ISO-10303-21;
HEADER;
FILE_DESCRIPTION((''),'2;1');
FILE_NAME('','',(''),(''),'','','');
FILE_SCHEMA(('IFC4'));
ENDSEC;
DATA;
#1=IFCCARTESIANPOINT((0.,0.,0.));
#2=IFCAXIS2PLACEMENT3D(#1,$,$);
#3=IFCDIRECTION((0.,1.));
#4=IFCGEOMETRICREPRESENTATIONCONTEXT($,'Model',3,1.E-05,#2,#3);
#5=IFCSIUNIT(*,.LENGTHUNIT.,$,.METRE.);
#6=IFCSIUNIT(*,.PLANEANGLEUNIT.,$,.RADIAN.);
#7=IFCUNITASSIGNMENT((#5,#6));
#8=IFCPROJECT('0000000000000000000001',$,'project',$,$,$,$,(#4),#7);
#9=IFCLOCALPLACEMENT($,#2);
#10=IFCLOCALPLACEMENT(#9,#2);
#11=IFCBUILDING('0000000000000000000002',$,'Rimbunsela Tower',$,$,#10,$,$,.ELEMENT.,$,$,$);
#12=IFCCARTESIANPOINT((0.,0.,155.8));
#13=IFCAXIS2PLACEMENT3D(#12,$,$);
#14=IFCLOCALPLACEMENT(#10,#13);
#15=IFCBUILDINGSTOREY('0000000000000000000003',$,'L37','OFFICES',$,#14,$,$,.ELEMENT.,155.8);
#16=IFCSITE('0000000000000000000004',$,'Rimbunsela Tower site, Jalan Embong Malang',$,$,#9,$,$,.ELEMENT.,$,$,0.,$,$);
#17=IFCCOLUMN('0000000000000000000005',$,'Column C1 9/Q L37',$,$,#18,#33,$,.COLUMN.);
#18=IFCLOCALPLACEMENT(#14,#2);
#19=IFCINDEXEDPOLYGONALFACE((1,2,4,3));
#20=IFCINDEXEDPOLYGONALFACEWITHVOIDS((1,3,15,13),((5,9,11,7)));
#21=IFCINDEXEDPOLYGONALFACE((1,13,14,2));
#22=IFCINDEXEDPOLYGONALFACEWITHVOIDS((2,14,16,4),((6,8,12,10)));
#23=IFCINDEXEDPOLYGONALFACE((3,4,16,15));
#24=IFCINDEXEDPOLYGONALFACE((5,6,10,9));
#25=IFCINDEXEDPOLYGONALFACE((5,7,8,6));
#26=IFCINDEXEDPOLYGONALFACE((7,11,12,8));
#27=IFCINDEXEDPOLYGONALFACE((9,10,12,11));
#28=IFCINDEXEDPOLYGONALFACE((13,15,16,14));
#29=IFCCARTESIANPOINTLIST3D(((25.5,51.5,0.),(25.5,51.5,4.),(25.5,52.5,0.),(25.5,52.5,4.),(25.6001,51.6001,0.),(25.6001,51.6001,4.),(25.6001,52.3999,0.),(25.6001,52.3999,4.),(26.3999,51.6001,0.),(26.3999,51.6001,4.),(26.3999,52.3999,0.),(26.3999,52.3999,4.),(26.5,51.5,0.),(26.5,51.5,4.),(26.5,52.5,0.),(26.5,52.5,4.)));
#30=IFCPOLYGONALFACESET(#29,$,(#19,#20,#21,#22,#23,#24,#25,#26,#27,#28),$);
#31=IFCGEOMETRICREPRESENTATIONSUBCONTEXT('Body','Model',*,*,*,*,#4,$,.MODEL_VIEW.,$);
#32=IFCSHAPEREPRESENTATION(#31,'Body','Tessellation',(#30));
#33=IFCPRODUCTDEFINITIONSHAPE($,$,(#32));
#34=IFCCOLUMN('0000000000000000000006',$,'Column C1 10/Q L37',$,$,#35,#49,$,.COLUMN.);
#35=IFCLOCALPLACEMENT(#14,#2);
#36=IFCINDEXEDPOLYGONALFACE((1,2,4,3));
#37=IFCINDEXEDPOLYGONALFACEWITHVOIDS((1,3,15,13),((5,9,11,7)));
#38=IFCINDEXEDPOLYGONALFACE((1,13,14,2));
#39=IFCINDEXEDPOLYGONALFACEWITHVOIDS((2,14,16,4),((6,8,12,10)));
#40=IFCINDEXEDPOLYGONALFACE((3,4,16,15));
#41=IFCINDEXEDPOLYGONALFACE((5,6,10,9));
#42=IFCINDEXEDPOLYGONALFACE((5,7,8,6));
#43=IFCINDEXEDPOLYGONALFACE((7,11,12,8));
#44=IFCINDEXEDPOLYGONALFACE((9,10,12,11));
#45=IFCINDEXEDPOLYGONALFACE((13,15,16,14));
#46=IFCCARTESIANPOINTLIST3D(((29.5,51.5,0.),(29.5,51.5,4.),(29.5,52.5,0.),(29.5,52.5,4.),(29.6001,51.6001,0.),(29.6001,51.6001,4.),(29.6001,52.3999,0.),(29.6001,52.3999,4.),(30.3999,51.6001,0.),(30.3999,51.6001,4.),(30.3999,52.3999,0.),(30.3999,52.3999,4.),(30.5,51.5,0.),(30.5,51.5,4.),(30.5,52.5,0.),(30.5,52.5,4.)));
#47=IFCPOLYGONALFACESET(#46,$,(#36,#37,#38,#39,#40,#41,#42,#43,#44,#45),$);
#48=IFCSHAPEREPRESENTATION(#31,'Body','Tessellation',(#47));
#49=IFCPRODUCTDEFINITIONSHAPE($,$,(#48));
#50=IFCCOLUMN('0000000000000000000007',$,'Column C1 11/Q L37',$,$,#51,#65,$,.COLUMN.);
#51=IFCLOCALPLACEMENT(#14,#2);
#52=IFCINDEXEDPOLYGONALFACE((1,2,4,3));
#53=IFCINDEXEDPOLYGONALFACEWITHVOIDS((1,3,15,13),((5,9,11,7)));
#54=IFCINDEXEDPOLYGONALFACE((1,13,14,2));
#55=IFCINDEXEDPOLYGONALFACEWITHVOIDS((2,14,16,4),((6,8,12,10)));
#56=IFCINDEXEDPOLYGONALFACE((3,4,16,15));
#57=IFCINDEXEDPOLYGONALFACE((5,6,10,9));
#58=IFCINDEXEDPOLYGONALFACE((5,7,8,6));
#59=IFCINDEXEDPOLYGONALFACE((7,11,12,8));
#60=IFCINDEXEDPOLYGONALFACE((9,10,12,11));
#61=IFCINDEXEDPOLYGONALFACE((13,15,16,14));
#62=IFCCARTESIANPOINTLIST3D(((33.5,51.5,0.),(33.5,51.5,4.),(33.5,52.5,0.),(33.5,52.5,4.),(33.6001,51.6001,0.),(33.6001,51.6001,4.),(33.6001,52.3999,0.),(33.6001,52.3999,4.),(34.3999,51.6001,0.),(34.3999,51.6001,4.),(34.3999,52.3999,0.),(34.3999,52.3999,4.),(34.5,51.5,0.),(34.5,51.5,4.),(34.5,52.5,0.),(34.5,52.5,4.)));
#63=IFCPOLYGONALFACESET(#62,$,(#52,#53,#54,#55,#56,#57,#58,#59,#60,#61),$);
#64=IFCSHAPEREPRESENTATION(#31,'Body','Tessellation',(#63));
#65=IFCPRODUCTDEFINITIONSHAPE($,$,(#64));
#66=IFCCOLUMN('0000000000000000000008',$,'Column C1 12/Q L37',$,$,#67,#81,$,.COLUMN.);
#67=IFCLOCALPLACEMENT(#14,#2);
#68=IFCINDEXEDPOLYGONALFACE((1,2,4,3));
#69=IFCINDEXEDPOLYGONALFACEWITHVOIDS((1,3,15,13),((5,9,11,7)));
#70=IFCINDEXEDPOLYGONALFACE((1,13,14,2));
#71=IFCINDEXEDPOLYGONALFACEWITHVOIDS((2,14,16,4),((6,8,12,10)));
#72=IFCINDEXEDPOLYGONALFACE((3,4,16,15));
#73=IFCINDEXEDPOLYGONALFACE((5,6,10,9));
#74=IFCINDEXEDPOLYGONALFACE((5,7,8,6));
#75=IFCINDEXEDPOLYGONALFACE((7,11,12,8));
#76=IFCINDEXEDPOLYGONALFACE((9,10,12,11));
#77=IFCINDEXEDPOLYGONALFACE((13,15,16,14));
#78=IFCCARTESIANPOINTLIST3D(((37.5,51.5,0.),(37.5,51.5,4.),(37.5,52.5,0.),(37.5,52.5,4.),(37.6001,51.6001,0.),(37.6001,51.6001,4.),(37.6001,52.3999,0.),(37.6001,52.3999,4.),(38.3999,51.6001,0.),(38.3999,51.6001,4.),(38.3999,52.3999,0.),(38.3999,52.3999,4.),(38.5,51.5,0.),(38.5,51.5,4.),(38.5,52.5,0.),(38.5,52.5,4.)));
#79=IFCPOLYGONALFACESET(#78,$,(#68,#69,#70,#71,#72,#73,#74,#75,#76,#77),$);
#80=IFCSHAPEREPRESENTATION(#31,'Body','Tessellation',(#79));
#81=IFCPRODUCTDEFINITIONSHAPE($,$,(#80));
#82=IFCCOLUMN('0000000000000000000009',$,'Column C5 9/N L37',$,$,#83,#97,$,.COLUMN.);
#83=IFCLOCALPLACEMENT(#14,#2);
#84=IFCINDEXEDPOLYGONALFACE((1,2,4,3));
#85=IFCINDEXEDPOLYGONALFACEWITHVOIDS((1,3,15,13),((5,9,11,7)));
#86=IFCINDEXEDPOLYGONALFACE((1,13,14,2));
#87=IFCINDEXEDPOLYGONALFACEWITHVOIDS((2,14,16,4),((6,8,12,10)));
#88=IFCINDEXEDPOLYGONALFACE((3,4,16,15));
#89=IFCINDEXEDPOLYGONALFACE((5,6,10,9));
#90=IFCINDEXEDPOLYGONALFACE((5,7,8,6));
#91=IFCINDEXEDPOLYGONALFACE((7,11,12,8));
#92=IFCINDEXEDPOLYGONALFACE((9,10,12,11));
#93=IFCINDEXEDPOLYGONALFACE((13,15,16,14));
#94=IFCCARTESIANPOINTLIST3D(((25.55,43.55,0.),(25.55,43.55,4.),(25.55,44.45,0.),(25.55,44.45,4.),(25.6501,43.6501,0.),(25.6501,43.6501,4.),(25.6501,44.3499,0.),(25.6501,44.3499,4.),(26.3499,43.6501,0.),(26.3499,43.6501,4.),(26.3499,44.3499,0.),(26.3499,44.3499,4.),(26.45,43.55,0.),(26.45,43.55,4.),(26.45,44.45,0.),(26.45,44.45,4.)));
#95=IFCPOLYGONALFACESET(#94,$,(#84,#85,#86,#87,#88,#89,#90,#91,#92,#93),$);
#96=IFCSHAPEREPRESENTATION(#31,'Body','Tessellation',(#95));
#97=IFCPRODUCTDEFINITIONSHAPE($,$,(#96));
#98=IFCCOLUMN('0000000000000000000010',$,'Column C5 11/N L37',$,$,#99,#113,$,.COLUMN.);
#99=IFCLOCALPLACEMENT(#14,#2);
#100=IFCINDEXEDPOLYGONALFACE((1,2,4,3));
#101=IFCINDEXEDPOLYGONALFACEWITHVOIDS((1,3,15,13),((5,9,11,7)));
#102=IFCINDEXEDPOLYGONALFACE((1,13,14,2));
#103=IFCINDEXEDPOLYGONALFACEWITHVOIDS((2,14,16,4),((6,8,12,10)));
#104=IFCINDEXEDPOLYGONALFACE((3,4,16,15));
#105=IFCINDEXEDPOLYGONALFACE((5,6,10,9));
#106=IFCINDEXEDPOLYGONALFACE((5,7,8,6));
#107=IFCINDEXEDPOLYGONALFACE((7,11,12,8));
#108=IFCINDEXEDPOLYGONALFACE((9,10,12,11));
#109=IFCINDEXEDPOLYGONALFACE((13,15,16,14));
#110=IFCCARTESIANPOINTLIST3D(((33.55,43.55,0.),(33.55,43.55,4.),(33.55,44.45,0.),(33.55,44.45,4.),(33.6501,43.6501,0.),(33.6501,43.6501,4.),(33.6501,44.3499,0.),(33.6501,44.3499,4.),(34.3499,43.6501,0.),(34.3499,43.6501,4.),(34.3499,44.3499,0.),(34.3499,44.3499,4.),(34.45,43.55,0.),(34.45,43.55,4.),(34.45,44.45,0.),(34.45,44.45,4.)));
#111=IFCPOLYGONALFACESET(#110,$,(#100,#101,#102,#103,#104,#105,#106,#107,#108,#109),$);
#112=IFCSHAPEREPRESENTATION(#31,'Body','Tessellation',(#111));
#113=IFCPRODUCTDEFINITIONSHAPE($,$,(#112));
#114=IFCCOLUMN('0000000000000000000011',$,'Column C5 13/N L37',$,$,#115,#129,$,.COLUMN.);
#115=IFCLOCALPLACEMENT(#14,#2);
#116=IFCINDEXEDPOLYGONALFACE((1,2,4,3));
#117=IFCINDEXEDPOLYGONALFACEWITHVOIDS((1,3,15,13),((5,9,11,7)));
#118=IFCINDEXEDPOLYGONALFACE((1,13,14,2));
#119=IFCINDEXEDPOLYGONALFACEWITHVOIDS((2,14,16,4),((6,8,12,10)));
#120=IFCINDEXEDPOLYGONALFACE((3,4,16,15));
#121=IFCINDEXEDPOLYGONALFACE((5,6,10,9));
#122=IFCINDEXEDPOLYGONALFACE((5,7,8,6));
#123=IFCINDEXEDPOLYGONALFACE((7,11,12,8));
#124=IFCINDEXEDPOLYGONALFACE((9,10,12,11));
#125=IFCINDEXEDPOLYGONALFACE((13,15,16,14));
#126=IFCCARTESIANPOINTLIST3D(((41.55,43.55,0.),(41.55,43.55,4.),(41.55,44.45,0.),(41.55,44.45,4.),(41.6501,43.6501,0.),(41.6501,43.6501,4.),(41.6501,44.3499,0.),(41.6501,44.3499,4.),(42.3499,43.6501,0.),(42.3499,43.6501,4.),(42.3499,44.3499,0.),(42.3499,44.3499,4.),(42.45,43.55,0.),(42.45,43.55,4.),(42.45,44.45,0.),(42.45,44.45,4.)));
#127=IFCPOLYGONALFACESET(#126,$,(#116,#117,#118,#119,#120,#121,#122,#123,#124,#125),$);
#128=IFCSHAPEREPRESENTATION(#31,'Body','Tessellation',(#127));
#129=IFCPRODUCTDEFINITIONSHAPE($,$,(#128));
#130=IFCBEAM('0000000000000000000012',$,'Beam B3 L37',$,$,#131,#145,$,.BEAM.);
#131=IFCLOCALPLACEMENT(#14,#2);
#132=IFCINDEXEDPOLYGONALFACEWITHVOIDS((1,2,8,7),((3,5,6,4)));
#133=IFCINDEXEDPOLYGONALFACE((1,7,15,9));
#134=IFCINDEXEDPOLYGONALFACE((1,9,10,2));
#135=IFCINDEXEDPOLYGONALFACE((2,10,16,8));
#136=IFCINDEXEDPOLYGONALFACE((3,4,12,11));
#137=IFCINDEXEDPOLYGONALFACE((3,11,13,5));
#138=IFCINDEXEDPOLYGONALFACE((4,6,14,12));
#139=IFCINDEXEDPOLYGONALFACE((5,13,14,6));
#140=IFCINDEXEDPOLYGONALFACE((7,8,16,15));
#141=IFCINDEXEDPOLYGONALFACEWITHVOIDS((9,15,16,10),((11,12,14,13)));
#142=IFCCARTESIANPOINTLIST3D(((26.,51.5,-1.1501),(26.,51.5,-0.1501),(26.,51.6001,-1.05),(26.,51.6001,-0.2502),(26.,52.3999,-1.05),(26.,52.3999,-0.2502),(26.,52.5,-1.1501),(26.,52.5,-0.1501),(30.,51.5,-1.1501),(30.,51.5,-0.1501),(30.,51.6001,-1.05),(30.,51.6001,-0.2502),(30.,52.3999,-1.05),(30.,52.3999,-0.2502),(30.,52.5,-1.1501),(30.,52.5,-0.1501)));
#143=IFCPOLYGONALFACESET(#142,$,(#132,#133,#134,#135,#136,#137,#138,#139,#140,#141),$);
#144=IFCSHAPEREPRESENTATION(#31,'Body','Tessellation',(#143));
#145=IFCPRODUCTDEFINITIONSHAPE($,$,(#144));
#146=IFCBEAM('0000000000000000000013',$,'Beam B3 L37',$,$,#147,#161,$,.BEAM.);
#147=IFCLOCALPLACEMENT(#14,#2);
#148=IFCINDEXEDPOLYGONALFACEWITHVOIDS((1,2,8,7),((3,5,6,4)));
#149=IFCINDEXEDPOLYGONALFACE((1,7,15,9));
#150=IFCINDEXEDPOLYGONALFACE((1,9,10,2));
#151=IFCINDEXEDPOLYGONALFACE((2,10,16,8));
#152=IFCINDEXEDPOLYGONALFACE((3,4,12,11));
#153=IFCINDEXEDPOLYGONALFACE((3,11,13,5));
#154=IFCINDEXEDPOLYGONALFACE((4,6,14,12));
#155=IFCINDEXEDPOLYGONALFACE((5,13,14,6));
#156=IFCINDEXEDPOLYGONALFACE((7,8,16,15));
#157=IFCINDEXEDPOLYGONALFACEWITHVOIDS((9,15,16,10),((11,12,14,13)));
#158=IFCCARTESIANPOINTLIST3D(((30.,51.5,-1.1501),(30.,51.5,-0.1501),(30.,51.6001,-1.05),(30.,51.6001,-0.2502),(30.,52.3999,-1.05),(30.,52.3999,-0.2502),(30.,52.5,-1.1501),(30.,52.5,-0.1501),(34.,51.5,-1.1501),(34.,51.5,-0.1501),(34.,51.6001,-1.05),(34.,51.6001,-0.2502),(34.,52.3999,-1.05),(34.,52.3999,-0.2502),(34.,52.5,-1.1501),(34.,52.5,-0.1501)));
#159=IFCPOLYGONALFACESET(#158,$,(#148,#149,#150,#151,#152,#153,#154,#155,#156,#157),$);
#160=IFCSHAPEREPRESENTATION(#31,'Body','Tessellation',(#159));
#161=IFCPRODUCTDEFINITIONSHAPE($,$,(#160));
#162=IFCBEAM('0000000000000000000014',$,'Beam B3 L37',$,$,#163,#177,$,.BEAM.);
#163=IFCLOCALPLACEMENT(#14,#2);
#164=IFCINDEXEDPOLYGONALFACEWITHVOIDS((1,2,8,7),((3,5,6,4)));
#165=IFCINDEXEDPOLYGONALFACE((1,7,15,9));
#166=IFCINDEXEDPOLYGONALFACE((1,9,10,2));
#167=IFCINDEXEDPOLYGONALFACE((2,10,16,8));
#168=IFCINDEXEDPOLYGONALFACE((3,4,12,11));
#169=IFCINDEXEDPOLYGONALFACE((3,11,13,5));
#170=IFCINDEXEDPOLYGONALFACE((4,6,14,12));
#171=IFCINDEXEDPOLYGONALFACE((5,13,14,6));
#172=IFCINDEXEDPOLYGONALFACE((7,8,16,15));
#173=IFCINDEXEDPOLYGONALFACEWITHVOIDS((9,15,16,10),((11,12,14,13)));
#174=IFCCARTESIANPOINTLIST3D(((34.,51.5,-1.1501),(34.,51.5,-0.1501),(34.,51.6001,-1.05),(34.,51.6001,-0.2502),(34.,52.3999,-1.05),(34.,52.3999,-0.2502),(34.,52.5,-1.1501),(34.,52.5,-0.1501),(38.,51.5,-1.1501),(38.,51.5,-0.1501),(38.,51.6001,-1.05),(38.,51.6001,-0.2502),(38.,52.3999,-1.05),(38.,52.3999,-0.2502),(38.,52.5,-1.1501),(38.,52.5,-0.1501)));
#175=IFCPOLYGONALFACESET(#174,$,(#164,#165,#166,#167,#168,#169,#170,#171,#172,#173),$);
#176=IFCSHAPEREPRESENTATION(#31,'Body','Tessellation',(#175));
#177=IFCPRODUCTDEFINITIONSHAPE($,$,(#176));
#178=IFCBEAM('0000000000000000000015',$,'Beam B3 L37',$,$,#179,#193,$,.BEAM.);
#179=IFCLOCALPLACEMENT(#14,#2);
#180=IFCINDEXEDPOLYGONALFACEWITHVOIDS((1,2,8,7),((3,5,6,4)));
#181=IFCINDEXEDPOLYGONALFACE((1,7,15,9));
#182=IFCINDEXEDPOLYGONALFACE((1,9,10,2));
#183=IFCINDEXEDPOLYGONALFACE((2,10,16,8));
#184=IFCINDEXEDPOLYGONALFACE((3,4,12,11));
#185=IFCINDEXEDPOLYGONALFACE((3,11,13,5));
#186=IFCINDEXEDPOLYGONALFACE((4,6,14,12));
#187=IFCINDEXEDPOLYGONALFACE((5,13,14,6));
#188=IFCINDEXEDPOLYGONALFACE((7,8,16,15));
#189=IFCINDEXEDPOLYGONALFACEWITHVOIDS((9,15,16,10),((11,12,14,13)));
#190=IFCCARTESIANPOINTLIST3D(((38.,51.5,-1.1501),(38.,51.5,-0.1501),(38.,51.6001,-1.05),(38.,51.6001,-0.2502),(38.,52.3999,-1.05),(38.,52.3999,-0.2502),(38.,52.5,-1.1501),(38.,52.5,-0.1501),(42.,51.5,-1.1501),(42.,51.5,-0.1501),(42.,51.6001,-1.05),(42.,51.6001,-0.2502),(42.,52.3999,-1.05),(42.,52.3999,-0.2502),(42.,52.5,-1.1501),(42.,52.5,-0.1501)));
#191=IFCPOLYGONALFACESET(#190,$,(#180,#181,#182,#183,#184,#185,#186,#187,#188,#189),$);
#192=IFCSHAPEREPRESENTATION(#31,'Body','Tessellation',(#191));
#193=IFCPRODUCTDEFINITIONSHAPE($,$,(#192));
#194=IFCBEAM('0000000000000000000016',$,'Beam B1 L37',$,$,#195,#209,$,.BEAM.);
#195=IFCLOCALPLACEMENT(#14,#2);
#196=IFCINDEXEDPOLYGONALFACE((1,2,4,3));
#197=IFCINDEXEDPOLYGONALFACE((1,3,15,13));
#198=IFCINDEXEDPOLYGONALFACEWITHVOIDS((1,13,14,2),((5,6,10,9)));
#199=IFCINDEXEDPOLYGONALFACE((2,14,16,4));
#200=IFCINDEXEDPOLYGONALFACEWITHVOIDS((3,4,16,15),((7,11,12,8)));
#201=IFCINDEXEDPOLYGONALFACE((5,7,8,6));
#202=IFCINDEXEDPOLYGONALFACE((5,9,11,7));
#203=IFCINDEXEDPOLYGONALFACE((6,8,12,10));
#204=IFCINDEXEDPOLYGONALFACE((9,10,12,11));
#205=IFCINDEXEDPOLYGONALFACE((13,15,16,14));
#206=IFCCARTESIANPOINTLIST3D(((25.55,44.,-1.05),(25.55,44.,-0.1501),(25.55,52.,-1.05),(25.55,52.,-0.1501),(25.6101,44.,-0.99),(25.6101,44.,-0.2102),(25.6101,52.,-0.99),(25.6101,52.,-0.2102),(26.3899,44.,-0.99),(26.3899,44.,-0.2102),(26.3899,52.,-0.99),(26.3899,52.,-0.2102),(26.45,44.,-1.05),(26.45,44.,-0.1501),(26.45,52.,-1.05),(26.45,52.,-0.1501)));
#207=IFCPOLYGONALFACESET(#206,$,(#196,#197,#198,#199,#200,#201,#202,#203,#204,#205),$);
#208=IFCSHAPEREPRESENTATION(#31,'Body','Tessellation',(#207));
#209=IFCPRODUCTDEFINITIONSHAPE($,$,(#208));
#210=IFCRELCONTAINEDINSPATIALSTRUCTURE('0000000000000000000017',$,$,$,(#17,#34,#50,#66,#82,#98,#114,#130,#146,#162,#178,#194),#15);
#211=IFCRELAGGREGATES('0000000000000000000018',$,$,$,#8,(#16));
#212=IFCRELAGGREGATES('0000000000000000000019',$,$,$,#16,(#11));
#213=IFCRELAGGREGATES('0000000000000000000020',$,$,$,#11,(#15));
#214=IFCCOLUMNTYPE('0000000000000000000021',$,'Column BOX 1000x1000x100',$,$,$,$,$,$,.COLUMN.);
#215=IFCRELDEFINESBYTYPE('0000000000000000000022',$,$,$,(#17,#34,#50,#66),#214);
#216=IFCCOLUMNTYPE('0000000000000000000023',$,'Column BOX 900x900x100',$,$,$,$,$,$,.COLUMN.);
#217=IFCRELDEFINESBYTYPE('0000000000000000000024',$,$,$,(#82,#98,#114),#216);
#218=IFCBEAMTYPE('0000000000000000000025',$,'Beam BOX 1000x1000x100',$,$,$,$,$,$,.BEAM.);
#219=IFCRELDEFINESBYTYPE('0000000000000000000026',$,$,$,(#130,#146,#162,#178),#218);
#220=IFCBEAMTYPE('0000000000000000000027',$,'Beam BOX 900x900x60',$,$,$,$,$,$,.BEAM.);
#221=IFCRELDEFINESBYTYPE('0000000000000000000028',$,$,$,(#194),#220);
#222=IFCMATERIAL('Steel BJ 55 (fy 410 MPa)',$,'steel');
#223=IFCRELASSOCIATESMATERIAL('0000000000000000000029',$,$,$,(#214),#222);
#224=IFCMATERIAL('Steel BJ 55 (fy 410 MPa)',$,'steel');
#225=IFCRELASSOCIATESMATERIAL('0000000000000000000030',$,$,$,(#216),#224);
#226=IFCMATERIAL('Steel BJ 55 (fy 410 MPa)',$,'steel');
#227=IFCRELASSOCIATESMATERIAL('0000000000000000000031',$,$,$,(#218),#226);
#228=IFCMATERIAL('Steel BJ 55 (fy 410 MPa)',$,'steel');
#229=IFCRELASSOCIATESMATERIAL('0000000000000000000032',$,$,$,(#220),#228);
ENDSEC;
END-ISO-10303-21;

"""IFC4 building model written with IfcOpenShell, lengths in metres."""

from ifc_helpers import new_model, si_unit, direction, frame, origin, origin_2d, place, context, subcontext, project, spatial, hollow_rectangle, extrude, material, material_profile, profile_set, type_object, element, save


model = new_model("IFC4")

# Units and contexts
model_context = context("Model", 3, precision=1e-05, world=origin(), true_north=direction((0.0, 1.0)))
body_context = subcontext(model_context, "Body", "Model", "MODEL_VIEW")
ifc_project = project(units=[si_unit("LENGTHUNIT", "METRE"), si_unit("PLANEANGLEUNIT", "RADIAN")], contexts=[model_context])

# Site, building, storey
site_placement = place(None, origin())
site = spatial("IfcSite", under=ifc_project, at=site_placement, Name="Rimbunsela Tower site, Jalan Embong Malang", CompositionType="ELEMENT", RefElevation=0.0)
building_placement = place(site_placement, origin())
building = spatial("IfcBuilding", under=site, at=building_placement, Name="Rimbunsela Tower", CompositionType="ELEMENT")
storey_placement = place(building_placement, frame((0.0, 0.0, 155.8)))
storey = spatial("IfcBuildingStorey", under=building, at=storey_placement, Name="L37", Description="OFFICES", CompositionType="ELEMENT", Elevation=155.8)

# Columns
ifc_material_1 = material(Name="Steel BJ 55 (fy 410 MPa)", Category="steel")
ifc_material_profile_1 = material_profile(ifc_material_1, hollow_rectangle(XDim=1.0, YDim=1.0, WallThickness=0.1001, at=origin_2d()), Name="BOX 1000x1000x100")
ifc_profile_set_1 = profile_set([ifc_material_profile_1], Name="Steel BJ 55 (fy 410 MPa)")
column_type_1 = type_object("IfcColumnType", Name="Column BOX 1000x1000x100", PredefinedType="COLUMN", material=ifc_profile_set_1)
for number, where, z_axis, x_axis, name in (
    (1, (26.0, 52.0, 0.0), (0.0, 0.0, 1.0), (1.0, 0.0, 0.0), "Column C1 9/Q L37"),
    (2, (30.0, 52.0, 0.0), (0.0, 0.0, 1.0), (1.0, 0.0, 0.0), "Column C1 10/Q L37"),
    (3, (34.0, 52.0, 0.0), (0.0, 0.0, 1.0), (1.0, 0.0, 0.0), "Column C1 11/Q L37"),
    (4, (38.0, 52.0, 0.0), (0.0, 0.0, 1.0), (1.0, 0.0, 0.0), "Column C1 12/Q L37"),
):
    element("IfcColumn", number, at=place(storey_placement, frame(where, z_axis=z_axis, x_axis=x_axis)), inside=storey, type_object=column_type_1, Name=name, PredefinedType="COLUMN", context=body_context, shape_type="SweptSolid", body=[
        extrude(hollow_rectangle(XDim=1.0, YDim=1.0, WallThickness=0.1001, at=origin_2d()), origin(), (0.0, 0.0, 1.0), 4.0),
    ])
ifc_material_2 = material(Name="Steel BJ 55 (fy 410 MPa)", Category="steel")
ifc_material_profile_2 = material_profile(ifc_material_2, hollow_rectangle(XDim=0.8999, YDim=0.8999, WallThickness=0.1001, at=origin_2d()), Name="BOX 900x900x100")
ifc_profile_set_2 = profile_set([ifc_material_profile_2], Name="Steel BJ 55 (fy 410 MPa)")
column_type_2 = type_object("IfcColumnType", Name="Column BOX 900x900x100", PredefinedType="COLUMN", material=ifc_profile_set_2)
for number, where, z_axis, x_axis, name in (
    (5, (26.0, 44.0, 0.0), (0.0, 0.0, 1.0), (1.0, 0.0, 0.0), "Column C5 9/N L37"),
    (6, (34.0, 44.0, 0.0), (0.0, 0.0, 1.0), (1.0, 0.0, 0.0), "Column C5 11/N L37"),
    (7, (42.0, 44.0, 0.0), (0.0, 0.0, 1.0), (1.0, 0.0, 0.0), "Column C5 13/N L37"),
):
    element("IfcColumn", number, at=place(storey_placement, frame(where, z_axis=z_axis, x_axis=x_axis)), inside=storey, type_object=column_type_2, Name=name, PredefinedType="COLUMN", context=body_context, shape_type="SweptSolid", body=[
        extrude(hollow_rectangle(XDim=0.8999, YDim=0.8999, WallThickness=0.1001, at=origin_2d()), origin(), (0.0, 0.0, 1.0), 4.0),
    ])

# Beams
ifc_material_3 = material(Name="Steel BJ 55 (fy 410 MPa)", Category="steel")
ifc_material_profile_3 = material_profile(ifc_material_3, hollow_rectangle(XDim=1.0, YDim=1.0, WallThickness=0.1001, at=origin_2d()), Name="BOX 1000x1000x100")
ifc_profile_set_3 = profile_set([ifc_material_profile_3], Name="Steel BJ 55 (fy 410 MPa)")
beam_type_1 = type_object("IfcBeamType", Name="Beam BOX 1000x1000x100", PredefinedType="BEAM", material=ifc_profile_set_3)
for number, where, z_axis, x_axis, name in (
    (8, (26.0, 52.0, -0.6501), (1.0, 0.0, 0.0), (0.0, 1.0, 0.0), "Beam B3 L37"),
    (9, (30.0, 52.0, -0.6501), (1.0, 0.0, 0.0), (0.0, 1.0, 0.0), "Beam B3 L37"),
    (10, (34.0, 52.0, -0.6501), (1.0, 0.0, 0.0), (0.0, 1.0, 0.0), "Beam B3 L37"),
    (11, (38.0, 52.0, -0.6501), (1.0, 0.0, 0.0), (0.0, 1.0, 0.0), "Beam B3 L37"),
):
    element("IfcBeam", number, at=place(storey_placement, frame(where, z_axis=z_axis, x_axis=x_axis)), inside=storey, type_object=beam_type_1, Name=name, PredefinedType="BEAM", context=body_context, shape_type="SweptSolid", body=[
        extrude(hollow_rectangle(XDim=1.0, YDim=1.0, WallThickness=0.1001, at=origin_2d()), origin(), (0.0, 0.0, 1.0), 4.0),
    ])
ifc_material_4 = material(Name="Steel BJ 55 (fy 410 MPa)", Category="steel")
ifc_material_profile_4 = material_profile(ifc_material_4, hollow_rectangle(XDim=0.8999, YDim=0.8999, WallThickness=0.0601, at=origin_2d()), Name="BOX 900x900x60")
ifc_profile_set_4 = profile_set([ifc_material_profile_4], Name="Steel BJ 55 (fy 410 MPa)")
beam_type_2 = type_object("IfcBeamType", Name="Beam BOX 900x900x60", PredefinedType="BEAM", material=ifc_profile_set_4)
for number, where, z_axis, x_axis, name in (
    (12, (26.0, 44.0, -0.6001), (0.0, 1.0, 0.0), (-1.0, 0.0, 0.0), "Beam B1 L37"),
):
    element("IfcBeam", number, at=place(storey_placement, frame(where, z_axis=z_axis, x_axis=x_axis)), inside=storey, type_object=beam_type_2, Name=name, PredefinedType="BEAM", context=body_context, shape_type="SweptSolid", body=[
        extrude(hollow_rectangle(XDim=0.8999, YDim=0.8999, WallThickness=0.0601, at=origin_2d()), origin(), (0.0, 0.0, 1.0), 8.0),
    ])

save(model, "model.ifc")
